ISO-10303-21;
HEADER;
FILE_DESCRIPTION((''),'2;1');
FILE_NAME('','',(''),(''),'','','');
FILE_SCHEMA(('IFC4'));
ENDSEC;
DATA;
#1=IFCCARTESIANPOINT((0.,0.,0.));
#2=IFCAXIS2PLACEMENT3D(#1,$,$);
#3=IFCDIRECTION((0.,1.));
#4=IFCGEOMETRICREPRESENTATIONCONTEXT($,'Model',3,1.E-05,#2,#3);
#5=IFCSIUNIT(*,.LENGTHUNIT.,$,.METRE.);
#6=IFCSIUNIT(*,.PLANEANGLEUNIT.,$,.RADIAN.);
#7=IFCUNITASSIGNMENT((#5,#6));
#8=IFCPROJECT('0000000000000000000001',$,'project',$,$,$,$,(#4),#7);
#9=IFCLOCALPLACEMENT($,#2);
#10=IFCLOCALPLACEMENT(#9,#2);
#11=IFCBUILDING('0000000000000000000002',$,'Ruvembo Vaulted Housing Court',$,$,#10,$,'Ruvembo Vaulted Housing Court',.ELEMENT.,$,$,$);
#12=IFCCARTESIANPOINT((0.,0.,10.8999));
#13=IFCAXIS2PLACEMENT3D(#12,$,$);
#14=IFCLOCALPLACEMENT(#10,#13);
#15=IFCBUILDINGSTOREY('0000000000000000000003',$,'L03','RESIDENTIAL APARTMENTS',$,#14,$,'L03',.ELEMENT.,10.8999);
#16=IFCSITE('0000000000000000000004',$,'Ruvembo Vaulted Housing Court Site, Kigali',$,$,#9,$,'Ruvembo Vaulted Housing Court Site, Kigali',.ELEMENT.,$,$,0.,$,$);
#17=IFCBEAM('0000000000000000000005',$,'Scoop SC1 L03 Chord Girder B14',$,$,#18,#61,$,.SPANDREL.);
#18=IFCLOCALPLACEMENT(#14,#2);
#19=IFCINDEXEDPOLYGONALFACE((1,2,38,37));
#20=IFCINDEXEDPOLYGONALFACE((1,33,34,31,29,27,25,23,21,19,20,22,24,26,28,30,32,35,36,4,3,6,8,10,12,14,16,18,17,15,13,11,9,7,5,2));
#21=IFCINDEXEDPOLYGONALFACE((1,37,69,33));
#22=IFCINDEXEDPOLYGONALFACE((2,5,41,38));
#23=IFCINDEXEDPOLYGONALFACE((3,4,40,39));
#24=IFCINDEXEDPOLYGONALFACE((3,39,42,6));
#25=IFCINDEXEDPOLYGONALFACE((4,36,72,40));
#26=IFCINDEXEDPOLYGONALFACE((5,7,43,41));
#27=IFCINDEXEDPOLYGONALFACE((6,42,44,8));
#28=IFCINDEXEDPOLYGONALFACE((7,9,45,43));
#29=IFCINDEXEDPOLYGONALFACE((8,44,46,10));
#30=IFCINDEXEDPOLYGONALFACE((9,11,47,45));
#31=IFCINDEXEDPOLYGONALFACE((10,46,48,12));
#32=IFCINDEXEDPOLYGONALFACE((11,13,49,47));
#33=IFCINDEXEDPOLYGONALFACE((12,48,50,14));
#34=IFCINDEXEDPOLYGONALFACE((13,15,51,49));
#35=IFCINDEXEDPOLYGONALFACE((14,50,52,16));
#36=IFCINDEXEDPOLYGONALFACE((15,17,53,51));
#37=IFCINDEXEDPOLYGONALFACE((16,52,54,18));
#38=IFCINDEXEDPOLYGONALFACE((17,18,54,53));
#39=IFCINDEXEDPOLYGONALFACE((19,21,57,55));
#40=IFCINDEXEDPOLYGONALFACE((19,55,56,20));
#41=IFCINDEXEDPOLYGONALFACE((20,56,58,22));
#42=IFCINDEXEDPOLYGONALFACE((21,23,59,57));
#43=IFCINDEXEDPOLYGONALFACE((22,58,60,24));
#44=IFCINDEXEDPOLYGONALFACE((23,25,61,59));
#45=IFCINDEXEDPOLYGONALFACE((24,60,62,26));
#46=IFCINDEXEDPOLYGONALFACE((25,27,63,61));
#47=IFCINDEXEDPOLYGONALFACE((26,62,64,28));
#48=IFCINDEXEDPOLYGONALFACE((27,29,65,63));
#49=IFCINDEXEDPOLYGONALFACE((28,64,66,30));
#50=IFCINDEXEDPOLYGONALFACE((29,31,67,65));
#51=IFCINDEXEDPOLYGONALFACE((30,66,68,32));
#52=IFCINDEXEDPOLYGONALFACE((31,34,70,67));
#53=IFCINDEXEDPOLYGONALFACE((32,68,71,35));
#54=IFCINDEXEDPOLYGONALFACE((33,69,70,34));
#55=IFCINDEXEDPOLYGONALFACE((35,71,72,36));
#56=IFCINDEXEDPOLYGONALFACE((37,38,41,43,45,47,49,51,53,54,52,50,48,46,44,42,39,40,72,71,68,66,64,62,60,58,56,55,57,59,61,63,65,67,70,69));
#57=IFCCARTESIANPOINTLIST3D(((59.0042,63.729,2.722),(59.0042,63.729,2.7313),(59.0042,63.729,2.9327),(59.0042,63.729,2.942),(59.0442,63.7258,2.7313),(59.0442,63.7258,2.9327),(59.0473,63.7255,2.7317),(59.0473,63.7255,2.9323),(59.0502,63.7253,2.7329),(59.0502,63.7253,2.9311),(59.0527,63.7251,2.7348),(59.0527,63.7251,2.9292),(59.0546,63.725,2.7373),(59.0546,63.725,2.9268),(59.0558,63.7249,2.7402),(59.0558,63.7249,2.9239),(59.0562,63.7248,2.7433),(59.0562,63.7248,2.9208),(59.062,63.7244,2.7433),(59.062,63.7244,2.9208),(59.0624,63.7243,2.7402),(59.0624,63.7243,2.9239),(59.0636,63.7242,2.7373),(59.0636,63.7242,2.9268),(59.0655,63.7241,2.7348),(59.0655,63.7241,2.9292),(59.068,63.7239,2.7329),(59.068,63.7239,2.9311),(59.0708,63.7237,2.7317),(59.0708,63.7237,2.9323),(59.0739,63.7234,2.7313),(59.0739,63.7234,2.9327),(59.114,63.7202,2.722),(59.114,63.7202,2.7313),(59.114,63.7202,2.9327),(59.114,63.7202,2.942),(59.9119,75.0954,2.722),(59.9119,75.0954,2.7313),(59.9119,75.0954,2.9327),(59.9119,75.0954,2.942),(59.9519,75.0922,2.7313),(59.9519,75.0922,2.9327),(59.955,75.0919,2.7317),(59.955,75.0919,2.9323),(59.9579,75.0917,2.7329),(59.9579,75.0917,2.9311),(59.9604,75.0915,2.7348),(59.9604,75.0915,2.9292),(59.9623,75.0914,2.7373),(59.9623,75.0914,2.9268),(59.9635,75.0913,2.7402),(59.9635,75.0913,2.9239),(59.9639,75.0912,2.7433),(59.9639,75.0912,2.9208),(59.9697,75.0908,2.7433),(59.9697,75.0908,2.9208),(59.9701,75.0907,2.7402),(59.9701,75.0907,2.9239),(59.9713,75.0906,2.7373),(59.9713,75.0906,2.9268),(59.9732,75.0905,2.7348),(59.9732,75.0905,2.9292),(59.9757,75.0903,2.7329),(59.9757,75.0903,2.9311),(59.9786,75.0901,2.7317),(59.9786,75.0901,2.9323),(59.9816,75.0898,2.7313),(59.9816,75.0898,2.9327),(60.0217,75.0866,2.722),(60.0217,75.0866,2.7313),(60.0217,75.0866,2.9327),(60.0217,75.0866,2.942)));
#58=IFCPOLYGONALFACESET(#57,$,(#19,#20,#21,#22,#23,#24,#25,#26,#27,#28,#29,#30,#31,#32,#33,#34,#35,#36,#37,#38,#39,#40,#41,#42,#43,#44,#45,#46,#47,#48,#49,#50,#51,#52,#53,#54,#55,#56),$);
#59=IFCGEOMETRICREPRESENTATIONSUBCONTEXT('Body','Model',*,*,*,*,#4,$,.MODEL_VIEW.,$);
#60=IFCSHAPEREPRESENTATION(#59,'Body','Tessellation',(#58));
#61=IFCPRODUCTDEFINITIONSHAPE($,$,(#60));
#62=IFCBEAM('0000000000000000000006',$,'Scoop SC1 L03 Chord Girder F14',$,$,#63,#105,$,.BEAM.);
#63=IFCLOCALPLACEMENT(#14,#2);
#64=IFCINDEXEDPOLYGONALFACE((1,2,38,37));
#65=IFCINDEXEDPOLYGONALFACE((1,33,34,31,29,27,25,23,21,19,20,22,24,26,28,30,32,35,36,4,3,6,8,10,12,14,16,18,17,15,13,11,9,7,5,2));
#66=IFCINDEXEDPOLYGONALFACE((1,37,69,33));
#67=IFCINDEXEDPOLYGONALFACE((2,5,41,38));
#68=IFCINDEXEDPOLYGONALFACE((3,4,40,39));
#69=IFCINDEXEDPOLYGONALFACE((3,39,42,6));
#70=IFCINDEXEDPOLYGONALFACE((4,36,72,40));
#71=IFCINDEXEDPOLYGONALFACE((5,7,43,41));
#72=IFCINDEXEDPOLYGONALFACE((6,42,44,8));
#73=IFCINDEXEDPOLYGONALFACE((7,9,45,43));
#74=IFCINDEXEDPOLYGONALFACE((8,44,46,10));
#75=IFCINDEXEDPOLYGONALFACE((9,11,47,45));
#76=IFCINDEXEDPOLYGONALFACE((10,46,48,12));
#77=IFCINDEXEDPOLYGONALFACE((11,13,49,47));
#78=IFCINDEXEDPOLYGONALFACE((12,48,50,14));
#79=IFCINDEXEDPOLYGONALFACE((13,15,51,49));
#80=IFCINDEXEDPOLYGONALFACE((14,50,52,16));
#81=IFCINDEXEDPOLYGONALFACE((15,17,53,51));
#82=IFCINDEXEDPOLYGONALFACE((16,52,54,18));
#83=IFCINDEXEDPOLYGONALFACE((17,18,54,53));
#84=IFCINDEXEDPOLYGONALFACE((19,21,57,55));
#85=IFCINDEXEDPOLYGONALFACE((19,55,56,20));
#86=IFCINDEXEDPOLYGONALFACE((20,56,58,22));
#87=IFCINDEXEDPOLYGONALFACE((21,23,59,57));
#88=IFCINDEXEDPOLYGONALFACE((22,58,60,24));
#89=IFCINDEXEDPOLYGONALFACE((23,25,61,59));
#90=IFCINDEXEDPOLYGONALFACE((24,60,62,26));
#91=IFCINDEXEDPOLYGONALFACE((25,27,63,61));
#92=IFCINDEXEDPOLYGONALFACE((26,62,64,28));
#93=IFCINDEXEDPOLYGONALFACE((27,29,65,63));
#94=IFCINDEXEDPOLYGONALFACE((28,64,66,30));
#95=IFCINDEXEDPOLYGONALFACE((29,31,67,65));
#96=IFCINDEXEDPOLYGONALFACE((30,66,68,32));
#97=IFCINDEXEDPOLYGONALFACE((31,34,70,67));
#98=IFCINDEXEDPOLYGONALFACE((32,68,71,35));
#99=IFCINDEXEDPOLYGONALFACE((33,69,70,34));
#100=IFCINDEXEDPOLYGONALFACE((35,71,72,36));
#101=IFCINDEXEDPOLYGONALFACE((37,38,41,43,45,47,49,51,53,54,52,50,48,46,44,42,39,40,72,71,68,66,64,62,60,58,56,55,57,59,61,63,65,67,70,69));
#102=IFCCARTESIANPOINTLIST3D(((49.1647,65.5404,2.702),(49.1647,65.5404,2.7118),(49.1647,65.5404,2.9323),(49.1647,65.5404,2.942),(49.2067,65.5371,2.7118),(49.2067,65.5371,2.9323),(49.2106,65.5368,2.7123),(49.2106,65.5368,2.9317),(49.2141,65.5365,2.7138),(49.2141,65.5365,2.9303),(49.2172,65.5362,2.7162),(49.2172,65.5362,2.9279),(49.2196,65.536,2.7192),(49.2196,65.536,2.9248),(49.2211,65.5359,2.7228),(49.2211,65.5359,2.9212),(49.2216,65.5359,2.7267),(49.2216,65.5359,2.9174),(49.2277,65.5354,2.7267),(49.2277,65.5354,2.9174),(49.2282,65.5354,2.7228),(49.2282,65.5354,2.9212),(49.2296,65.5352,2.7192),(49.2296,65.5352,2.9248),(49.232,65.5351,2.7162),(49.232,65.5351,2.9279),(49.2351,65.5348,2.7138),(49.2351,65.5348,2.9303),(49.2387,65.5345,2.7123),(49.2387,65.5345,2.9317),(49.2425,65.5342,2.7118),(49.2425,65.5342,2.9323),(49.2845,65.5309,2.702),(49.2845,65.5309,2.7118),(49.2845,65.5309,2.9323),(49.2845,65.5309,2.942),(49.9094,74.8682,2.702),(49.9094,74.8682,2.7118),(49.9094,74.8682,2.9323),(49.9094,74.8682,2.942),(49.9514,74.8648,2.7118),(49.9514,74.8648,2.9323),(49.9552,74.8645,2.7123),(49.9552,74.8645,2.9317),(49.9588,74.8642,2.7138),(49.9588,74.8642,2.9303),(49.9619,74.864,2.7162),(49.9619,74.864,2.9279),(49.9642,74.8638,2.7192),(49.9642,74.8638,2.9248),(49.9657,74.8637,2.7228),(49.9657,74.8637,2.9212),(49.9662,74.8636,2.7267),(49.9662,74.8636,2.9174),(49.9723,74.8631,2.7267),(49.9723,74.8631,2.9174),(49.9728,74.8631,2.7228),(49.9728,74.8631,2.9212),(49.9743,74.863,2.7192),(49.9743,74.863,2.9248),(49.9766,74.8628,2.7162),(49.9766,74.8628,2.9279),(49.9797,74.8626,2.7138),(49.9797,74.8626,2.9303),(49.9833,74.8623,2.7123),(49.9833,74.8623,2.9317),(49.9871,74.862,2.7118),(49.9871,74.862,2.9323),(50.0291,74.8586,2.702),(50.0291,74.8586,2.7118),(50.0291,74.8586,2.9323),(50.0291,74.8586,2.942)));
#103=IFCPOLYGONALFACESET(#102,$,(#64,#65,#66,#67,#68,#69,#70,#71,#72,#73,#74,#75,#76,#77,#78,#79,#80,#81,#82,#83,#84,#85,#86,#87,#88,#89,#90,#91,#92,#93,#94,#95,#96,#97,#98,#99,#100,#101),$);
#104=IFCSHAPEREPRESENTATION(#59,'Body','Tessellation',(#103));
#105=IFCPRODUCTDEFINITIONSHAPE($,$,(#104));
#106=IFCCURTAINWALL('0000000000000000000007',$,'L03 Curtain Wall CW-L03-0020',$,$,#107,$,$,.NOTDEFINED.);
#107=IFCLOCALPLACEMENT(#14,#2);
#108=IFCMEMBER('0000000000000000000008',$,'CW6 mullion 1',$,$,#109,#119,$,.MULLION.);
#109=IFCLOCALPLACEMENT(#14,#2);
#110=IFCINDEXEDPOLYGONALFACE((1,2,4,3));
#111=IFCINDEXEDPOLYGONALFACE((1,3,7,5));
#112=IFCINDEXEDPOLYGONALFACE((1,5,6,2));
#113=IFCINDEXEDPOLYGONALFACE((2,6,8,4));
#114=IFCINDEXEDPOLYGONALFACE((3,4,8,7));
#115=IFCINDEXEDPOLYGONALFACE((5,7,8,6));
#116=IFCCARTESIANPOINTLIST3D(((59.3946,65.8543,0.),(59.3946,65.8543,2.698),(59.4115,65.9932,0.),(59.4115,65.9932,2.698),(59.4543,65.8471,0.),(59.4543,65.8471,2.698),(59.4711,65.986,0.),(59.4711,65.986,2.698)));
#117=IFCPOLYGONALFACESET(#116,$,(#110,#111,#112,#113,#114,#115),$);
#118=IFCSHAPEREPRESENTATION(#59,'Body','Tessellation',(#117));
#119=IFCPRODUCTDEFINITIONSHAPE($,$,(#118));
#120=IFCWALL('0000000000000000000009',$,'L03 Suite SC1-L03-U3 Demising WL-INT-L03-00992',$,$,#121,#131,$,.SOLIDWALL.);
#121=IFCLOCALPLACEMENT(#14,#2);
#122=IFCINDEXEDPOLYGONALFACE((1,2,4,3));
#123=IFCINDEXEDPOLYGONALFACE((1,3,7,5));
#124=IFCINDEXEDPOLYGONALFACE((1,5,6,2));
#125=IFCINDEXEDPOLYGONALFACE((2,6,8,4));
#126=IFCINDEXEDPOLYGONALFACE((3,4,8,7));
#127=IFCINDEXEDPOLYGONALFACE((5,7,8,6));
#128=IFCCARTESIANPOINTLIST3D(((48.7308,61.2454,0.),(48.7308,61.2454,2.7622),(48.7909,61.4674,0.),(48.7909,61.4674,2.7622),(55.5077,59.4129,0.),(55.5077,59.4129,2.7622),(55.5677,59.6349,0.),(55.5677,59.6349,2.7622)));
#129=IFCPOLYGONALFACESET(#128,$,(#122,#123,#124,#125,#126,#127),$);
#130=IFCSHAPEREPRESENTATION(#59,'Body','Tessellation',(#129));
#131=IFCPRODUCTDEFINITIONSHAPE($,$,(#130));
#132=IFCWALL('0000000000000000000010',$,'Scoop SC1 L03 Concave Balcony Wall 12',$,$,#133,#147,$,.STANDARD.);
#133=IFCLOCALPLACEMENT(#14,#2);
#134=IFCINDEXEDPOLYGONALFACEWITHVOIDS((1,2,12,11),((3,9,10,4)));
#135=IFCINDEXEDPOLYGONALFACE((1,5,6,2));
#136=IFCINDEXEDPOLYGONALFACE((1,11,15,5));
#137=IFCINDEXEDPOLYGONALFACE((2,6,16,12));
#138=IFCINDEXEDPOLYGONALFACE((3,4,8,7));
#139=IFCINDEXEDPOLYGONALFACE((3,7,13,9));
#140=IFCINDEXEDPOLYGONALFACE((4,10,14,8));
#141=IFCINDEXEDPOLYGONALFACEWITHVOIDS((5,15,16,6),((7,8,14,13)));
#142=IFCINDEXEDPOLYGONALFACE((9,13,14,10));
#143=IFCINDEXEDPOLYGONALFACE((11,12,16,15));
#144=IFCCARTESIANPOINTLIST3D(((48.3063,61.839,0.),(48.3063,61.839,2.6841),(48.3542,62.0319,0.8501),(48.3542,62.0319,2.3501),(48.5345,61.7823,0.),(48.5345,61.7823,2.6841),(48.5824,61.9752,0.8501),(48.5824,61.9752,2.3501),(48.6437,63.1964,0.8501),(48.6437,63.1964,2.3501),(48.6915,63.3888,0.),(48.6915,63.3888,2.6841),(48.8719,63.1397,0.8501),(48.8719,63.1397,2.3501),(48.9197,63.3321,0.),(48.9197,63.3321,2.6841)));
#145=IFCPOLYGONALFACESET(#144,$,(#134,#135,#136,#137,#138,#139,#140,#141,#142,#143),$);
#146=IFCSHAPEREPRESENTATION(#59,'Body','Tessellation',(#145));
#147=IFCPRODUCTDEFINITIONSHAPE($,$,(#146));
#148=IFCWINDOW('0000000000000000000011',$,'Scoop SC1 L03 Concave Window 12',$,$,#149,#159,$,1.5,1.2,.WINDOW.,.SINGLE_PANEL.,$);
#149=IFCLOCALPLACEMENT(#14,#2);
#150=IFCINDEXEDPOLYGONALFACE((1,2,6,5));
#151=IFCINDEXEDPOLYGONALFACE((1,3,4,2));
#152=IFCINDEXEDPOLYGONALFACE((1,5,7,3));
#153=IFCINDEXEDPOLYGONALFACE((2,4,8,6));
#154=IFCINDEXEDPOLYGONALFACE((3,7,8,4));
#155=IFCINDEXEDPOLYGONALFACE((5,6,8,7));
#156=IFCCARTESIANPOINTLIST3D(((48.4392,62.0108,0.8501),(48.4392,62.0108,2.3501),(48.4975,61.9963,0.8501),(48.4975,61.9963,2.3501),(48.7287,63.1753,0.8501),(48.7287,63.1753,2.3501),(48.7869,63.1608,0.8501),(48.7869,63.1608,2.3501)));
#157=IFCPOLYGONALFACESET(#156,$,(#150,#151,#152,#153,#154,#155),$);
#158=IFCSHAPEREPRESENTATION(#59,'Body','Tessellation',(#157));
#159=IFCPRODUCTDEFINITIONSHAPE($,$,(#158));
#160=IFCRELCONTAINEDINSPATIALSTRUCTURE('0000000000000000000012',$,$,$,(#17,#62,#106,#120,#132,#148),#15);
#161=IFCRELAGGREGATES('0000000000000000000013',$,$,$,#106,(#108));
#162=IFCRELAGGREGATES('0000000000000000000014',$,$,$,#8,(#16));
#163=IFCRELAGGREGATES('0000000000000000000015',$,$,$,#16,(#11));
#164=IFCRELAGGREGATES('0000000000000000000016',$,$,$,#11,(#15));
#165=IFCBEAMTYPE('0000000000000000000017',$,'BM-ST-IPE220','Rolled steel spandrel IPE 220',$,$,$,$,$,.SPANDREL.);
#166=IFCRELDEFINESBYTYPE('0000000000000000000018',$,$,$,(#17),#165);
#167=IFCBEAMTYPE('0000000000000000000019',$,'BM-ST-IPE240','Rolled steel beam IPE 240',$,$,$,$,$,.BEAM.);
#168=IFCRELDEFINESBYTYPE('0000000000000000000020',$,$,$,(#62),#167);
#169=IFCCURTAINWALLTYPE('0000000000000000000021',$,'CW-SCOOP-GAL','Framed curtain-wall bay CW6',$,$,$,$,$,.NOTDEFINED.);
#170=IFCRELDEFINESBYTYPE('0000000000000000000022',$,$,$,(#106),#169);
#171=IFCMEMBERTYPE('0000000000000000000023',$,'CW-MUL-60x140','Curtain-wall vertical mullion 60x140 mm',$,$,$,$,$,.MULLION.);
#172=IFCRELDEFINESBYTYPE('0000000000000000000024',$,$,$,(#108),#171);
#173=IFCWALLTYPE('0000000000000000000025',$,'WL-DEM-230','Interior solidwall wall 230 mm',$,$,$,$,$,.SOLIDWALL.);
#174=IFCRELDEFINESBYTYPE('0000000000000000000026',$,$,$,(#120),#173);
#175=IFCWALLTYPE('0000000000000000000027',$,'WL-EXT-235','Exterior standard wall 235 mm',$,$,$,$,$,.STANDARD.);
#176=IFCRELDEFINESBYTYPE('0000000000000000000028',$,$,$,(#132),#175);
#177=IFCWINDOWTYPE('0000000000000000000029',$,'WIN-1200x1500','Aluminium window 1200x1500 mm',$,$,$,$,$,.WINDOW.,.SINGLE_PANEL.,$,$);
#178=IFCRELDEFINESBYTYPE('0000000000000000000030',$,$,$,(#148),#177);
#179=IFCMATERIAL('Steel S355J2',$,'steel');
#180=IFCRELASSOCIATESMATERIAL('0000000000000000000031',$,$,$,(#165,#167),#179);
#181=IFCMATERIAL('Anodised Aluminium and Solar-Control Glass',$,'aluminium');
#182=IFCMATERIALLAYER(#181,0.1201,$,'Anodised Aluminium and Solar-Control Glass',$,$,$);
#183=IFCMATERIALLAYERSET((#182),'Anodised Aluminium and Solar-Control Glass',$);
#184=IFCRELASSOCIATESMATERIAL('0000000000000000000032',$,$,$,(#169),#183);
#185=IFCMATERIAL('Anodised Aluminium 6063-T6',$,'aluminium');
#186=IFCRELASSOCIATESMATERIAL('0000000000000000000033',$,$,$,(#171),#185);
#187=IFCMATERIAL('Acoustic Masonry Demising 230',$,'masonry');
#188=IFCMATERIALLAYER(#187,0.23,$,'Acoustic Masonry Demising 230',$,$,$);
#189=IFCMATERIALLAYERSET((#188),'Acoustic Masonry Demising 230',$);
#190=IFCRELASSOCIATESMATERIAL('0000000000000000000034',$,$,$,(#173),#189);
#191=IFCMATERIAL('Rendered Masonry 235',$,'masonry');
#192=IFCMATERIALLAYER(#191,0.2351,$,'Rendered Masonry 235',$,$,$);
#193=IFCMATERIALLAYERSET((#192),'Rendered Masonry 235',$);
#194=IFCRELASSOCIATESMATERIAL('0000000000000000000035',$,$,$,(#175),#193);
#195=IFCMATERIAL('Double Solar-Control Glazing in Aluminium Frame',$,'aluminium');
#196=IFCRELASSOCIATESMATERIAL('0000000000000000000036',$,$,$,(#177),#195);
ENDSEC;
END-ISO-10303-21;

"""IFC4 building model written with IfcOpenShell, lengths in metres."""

from ifc_helpers import new_model, si_unit, direction, frame, frame_2d, origin, origin_2d, place, context, subcontext, project, spatial, rectangle, i_section, extrude, material, layer, layer_set, material_profile, profile_set, type_object, element, fill, aggregate, save


model = new_model("IFC4")

# Units and contexts
model_context = context("Model", 3, precision=1e-05, world=origin(), true_north=direction((0.0, 1.0)))
body_context = subcontext(model_context, "Body", "Model", "MODEL_VIEW")
ifc_project = project(units=[si_unit("LENGTHUNIT", "METRE"), si_unit("PLANEANGLEUNIT", "RADIAN")], contexts=[model_context])

# Site, building, storey
site_placement = place(None, origin())
site = spatial("IfcSite", under=ifc_project, at=site_placement, Name="Ruvembo Vaulted Housing Court Site, Kigali", LongName="Ruvembo Vaulted Housing Court Site, Kigali", CompositionType="ELEMENT", RefElevation=0.0)
building_placement = place(site_placement, origin())
building = spatial("IfcBuilding", under=site, at=building_placement, Name="Ruvembo Vaulted Housing Court", LongName="Ruvembo Vaulted Housing Court", CompositionType="ELEMENT")
storey_placement = place(building_placement, frame((0.0, 0.0, 10.8999)))
storey = spatial("IfcBuildingStorey", under=building, at=storey_placement, Name="L03", Description="RESIDENTIAL APARTMENTS", LongName="L03", CompositionType="ELEMENT", Elevation=10.8999)

# Beams
ifc_material_1 = material(Name="Steel S355J2", Category="steel")
ifc_material_profile_1 = material_profile(ifc_material_1, i_section(OverallWidth=0.1101, OverallDepth=0.22, WebThickness=0.0059, FlangeThickness=0.0093, FilletRadius=0.012, at=origin_2d()), Name="IPE 220")
ifc_profile_set_1 = profile_set([ifc_material_profile_1], Name="Steel S355J2")
beam_type_1 = type_object("IfcBeamType", Name="BM-ST-IPE220", Description="Rolled steel spandrel IPE 220", PredefinedType="SPANDREL", material=ifc_profile_set_1)
beam_1_placement = place(storey_placement, frame((59.0591, 63.7246, 2.832), z_axis=(0.079606, 0.996826, 0.0), x_axis=(-0.996826, 0.079606, 0.0)))
element("IfcBeam", 1, at=beam_1_placement, inside=storey, type_object=beam_type_1, Name="Scoop SC1 L03 Chord Girder B14", PredefinedType="SPANDREL", context=body_context, shape_type="SweptSolid", body=[
    extrude(i_section(OverallWidth=0.1101, OverallDepth=0.22, WebThickness=0.0059, FlangeThickness=0.0093, FilletRadius=0.012, at=origin_2d()), origin(), (0.0, 0.0, 1.0), 11.4026),
])
ifc_material_profile_2 = material_profile(ifc_material_1, i_section(OverallWidth=0.1201, OverallDepth=0.24, WebThickness=0.0061, FlangeThickness=0.0098, FilletRadius=0.0149, at=origin_2d()), Name="IPE 240")
ifc_profile_set_2 = profile_set([ifc_material_profile_2], Name="Steel S355J2")
beam_type_2 = type_object("IfcBeamType", Name="BM-ST-IPE240", Description="Rolled steel beam IPE 240", PredefinedType="BEAM", material=ifc_profile_set_2)
beam_2_placement = place(storey_placement, frame((49.2246, 65.5356, 2.822), z_axis=(0.079577, 0.996829, 0.0), x_axis=(-0.996829, 0.079577, 0.0)))
element("IfcBeam", 2, at=beam_2_placement, inside=storey, type_object=beam_type_2, Name="Scoop SC1 L03 Chord Girder F14", PredefinedType="BEAM", context=body_context, shape_type="SweptSolid", body=[
    extrude(i_section(OverallWidth=0.1201, OverallDepth=0.24, WebThickness=0.0061, FlangeThickness=0.0098, FilletRadius=0.0149, at=origin_2d()), origin(), (0.0, 0.0, 1.0), 9.3574),
])

# Curtain wall, member
ifc_material_2 = material(Name="Anodised Aluminium and Solar-Control Glass", Category="aluminium")
ifc_layer_1 = layer(ifc_material_2, 0.1201, Name="Anodised Aluminium and Solar-Control Glass")
ifc_layer_set_1 = layer_set([ifc_layer_1], Name="Anodised Aluminium and Solar-Control Glass")
curtain_wall_type = type_object("IfcCurtainWallType", Name="CW-SCOOP-GAL", Description="Framed curtain-wall bay CW6", PredefinedType="NOTDEFINED", material=ifc_layer_set_1)
curtain_wall_placement = place(storey_placement, origin())
curtain_wall = element("IfcCurtainWall", 3, at=curtain_wall_placement, inside=storey, type_object=curtain_wall_type, Name="L03 Curtain Wall CW-L03-0020", PredefinedType="NOTDEFINED")
ifc_material_3 = material(Name="Anodised Aluminium 6063-T6", Category="aluminium")
ifc_material_profile_3 = material_profile(ifc_material_3, rectangle(XDim=0.0601, YDim=0.1399, at=origin_2d()), Name="ALU 60x140")
ifc_profile_set_3 = profile_set([ifc_material_profile_3], Name="Anodised Aluminium 6063-T6")
member_type = type_object("IfcMemberType", Name="CW-MUL-60x140", Description="Curtain-wall vertical mullion 60x140 mm", PredefinedType="MULLION", material=ifc_profile_set_3)
member_placement = place(storey_placement, frame((59.4329, 65.9202, 0.0), z_axis=(0.0, 0.0, 1.0), x_axis=(-0.992725, 0.120401, 0.0)))
member = element("IfcMember", 4, at=member_placement, type_object=member_type, Name="CW6 mullion 1", PredefinedType="MULLION", context=body_context, shape_type="SweptSolid", body=[
    extrude(rectangle(XDim=0.0601, YDim=0.1399, at=origin_2d()), origin(), (0.0, 0.0, 1.0), 2.698),
])
aggregate(curtain_wall, [member])

# Wall
ifc_material_4 = material(Name="Acoustic Masonry Demising 230", Category="masonry")
ifc_layer_2 = layer(ifc_material_4, 0.23, Name="Acoustic Masonry Demising 230")
ifc_layer_set_2 = layer_set([ifc_layer_2], Name="Acoustic Masonry Demising 230")
wall_type_1 = type_object("IfcWallType", Name="WL-DEM-230", Description="Interior solidwall wall 230 mm", PredefinedType="SOLIDWALL", material=ifc_layer_set_2)
wall_1_placement = place(storey_placement, frame((48.7607, 61.3564, 0.0), z_axis=(0.0, 0.0, 1.0), x_axis=(0.96533, -0.261033, 0.0)))
element("IfcWall", 5, at=wall_1_placement, inside=storey, type_object=wall_type_1, Name="L03 Suite SC1-L03-U3 Demising WL-INT-L03-00992", PredefinedType="SOLIDWALL", context=body_context, shape_type="SweptSolid", body=[
    extrude(rectangle(XDim=7.0203, YDim=0.23, at=frame_2d((3.5103, 0.0))), origin(), (0.0, 0.0, 1.0), 2.7622),
])

# Wall, opening, window
ifc_material_5 = material(Name="Rendered Masonry 235", Category="masonry")
ifc_layer_3 = layer(ifc_material_5, 0.2351, Name="Rendered Masonry 235")
ifc_layer_set_3 = layer_set([ifc_layer_3], Name="Rendered Masonry 235")
wall_type_2 = type_object("IfcWallType", Name="WL-EXT-235", Description="Exterior standard wall 235 mm", PredefinedType="STANDARD", material=ifc_layer_set_3)
wall_2_placement = place(storey_placement, frame((48.4204, 61.8108, 0.0), z_axis=(0.0, 0.0, 1.0), x_axis=(0.24124, 0.970465, 0.0)))
wall_2 = element("IfcWall", 6, at=wall_2_placement, inside=storey, type_object=wall_type_2, Name="Scoop SC1 L03 Concave Balcony Wall 12", PredefinedType="STANDARD", context=body_context, shape_type="SweptSolid", body=[
    extrude(rectangle(XDim=1.5969, YDim=0.2351, at=frame_2d((0.7983, 0.0))), origin(), (0.0, 0.0, 1.0), 2.6841),
])
opening_1_placement = place(wall_2_placement, frame((0.1985, 0.0, 0.8501)))
opening_1 = element("IfcOpeningElement", 7, at=opening_1_placement, cuts=wall_2, PredefinedType="OPENING", context=body_context, shape_type="SweptSolid", body=[
    extrude(rectangle(XDim=1.2, YDim=1.5, at=frame_2d((0.6001, 0.75))), frame((0.0, 0.1274, 0.0), z_axis=(0.0, -1.0, 0.0), x_axis=(1.0, 0.0, 0.0)), (0.0, 0.0, 1.0), 0.2551),
])
ifc_material_6 = material(Name="Double Solar-Control Glazing in Aluminium Frame", Category="aluminium")
window_type_1 = type_object("IfcWindowType", Name="WIN-1200x1500", Description="Aluminium window 1200x1500 mm", PartitioningType="SINGLE_PANEL", PredefinedType="WINDOW", material=ifc_material_6)
window_1_placement = place(opening_1_placement, origin())
window_1 = element("IfcWindow", 8, at=window_1_placement, inside=storey, type_object=window_type_1, Name="Scoop SC1 L03 Concave Window 12", OverallHeight=1.5, OverallWidth=1.2, PartitioningType="SINGLE_PANEL", PredefinedType="WINDOW", context=body_context, shape_type="SweptSolid", body=[
    extrude(rectangle(XDim=1.2, YDim=1.5, at=frame_2d((0.6001, 0.75))), frame((0.0, 0.03, 0.0), z_axis=(0.0, -1.0, 0.0), x_axis=(1.0, 0.0, 0.0)), (0.0, 0.0, 1.0), 0.0601),
])
fill(opening_1, window_1)

save(model, "model.ifc")
